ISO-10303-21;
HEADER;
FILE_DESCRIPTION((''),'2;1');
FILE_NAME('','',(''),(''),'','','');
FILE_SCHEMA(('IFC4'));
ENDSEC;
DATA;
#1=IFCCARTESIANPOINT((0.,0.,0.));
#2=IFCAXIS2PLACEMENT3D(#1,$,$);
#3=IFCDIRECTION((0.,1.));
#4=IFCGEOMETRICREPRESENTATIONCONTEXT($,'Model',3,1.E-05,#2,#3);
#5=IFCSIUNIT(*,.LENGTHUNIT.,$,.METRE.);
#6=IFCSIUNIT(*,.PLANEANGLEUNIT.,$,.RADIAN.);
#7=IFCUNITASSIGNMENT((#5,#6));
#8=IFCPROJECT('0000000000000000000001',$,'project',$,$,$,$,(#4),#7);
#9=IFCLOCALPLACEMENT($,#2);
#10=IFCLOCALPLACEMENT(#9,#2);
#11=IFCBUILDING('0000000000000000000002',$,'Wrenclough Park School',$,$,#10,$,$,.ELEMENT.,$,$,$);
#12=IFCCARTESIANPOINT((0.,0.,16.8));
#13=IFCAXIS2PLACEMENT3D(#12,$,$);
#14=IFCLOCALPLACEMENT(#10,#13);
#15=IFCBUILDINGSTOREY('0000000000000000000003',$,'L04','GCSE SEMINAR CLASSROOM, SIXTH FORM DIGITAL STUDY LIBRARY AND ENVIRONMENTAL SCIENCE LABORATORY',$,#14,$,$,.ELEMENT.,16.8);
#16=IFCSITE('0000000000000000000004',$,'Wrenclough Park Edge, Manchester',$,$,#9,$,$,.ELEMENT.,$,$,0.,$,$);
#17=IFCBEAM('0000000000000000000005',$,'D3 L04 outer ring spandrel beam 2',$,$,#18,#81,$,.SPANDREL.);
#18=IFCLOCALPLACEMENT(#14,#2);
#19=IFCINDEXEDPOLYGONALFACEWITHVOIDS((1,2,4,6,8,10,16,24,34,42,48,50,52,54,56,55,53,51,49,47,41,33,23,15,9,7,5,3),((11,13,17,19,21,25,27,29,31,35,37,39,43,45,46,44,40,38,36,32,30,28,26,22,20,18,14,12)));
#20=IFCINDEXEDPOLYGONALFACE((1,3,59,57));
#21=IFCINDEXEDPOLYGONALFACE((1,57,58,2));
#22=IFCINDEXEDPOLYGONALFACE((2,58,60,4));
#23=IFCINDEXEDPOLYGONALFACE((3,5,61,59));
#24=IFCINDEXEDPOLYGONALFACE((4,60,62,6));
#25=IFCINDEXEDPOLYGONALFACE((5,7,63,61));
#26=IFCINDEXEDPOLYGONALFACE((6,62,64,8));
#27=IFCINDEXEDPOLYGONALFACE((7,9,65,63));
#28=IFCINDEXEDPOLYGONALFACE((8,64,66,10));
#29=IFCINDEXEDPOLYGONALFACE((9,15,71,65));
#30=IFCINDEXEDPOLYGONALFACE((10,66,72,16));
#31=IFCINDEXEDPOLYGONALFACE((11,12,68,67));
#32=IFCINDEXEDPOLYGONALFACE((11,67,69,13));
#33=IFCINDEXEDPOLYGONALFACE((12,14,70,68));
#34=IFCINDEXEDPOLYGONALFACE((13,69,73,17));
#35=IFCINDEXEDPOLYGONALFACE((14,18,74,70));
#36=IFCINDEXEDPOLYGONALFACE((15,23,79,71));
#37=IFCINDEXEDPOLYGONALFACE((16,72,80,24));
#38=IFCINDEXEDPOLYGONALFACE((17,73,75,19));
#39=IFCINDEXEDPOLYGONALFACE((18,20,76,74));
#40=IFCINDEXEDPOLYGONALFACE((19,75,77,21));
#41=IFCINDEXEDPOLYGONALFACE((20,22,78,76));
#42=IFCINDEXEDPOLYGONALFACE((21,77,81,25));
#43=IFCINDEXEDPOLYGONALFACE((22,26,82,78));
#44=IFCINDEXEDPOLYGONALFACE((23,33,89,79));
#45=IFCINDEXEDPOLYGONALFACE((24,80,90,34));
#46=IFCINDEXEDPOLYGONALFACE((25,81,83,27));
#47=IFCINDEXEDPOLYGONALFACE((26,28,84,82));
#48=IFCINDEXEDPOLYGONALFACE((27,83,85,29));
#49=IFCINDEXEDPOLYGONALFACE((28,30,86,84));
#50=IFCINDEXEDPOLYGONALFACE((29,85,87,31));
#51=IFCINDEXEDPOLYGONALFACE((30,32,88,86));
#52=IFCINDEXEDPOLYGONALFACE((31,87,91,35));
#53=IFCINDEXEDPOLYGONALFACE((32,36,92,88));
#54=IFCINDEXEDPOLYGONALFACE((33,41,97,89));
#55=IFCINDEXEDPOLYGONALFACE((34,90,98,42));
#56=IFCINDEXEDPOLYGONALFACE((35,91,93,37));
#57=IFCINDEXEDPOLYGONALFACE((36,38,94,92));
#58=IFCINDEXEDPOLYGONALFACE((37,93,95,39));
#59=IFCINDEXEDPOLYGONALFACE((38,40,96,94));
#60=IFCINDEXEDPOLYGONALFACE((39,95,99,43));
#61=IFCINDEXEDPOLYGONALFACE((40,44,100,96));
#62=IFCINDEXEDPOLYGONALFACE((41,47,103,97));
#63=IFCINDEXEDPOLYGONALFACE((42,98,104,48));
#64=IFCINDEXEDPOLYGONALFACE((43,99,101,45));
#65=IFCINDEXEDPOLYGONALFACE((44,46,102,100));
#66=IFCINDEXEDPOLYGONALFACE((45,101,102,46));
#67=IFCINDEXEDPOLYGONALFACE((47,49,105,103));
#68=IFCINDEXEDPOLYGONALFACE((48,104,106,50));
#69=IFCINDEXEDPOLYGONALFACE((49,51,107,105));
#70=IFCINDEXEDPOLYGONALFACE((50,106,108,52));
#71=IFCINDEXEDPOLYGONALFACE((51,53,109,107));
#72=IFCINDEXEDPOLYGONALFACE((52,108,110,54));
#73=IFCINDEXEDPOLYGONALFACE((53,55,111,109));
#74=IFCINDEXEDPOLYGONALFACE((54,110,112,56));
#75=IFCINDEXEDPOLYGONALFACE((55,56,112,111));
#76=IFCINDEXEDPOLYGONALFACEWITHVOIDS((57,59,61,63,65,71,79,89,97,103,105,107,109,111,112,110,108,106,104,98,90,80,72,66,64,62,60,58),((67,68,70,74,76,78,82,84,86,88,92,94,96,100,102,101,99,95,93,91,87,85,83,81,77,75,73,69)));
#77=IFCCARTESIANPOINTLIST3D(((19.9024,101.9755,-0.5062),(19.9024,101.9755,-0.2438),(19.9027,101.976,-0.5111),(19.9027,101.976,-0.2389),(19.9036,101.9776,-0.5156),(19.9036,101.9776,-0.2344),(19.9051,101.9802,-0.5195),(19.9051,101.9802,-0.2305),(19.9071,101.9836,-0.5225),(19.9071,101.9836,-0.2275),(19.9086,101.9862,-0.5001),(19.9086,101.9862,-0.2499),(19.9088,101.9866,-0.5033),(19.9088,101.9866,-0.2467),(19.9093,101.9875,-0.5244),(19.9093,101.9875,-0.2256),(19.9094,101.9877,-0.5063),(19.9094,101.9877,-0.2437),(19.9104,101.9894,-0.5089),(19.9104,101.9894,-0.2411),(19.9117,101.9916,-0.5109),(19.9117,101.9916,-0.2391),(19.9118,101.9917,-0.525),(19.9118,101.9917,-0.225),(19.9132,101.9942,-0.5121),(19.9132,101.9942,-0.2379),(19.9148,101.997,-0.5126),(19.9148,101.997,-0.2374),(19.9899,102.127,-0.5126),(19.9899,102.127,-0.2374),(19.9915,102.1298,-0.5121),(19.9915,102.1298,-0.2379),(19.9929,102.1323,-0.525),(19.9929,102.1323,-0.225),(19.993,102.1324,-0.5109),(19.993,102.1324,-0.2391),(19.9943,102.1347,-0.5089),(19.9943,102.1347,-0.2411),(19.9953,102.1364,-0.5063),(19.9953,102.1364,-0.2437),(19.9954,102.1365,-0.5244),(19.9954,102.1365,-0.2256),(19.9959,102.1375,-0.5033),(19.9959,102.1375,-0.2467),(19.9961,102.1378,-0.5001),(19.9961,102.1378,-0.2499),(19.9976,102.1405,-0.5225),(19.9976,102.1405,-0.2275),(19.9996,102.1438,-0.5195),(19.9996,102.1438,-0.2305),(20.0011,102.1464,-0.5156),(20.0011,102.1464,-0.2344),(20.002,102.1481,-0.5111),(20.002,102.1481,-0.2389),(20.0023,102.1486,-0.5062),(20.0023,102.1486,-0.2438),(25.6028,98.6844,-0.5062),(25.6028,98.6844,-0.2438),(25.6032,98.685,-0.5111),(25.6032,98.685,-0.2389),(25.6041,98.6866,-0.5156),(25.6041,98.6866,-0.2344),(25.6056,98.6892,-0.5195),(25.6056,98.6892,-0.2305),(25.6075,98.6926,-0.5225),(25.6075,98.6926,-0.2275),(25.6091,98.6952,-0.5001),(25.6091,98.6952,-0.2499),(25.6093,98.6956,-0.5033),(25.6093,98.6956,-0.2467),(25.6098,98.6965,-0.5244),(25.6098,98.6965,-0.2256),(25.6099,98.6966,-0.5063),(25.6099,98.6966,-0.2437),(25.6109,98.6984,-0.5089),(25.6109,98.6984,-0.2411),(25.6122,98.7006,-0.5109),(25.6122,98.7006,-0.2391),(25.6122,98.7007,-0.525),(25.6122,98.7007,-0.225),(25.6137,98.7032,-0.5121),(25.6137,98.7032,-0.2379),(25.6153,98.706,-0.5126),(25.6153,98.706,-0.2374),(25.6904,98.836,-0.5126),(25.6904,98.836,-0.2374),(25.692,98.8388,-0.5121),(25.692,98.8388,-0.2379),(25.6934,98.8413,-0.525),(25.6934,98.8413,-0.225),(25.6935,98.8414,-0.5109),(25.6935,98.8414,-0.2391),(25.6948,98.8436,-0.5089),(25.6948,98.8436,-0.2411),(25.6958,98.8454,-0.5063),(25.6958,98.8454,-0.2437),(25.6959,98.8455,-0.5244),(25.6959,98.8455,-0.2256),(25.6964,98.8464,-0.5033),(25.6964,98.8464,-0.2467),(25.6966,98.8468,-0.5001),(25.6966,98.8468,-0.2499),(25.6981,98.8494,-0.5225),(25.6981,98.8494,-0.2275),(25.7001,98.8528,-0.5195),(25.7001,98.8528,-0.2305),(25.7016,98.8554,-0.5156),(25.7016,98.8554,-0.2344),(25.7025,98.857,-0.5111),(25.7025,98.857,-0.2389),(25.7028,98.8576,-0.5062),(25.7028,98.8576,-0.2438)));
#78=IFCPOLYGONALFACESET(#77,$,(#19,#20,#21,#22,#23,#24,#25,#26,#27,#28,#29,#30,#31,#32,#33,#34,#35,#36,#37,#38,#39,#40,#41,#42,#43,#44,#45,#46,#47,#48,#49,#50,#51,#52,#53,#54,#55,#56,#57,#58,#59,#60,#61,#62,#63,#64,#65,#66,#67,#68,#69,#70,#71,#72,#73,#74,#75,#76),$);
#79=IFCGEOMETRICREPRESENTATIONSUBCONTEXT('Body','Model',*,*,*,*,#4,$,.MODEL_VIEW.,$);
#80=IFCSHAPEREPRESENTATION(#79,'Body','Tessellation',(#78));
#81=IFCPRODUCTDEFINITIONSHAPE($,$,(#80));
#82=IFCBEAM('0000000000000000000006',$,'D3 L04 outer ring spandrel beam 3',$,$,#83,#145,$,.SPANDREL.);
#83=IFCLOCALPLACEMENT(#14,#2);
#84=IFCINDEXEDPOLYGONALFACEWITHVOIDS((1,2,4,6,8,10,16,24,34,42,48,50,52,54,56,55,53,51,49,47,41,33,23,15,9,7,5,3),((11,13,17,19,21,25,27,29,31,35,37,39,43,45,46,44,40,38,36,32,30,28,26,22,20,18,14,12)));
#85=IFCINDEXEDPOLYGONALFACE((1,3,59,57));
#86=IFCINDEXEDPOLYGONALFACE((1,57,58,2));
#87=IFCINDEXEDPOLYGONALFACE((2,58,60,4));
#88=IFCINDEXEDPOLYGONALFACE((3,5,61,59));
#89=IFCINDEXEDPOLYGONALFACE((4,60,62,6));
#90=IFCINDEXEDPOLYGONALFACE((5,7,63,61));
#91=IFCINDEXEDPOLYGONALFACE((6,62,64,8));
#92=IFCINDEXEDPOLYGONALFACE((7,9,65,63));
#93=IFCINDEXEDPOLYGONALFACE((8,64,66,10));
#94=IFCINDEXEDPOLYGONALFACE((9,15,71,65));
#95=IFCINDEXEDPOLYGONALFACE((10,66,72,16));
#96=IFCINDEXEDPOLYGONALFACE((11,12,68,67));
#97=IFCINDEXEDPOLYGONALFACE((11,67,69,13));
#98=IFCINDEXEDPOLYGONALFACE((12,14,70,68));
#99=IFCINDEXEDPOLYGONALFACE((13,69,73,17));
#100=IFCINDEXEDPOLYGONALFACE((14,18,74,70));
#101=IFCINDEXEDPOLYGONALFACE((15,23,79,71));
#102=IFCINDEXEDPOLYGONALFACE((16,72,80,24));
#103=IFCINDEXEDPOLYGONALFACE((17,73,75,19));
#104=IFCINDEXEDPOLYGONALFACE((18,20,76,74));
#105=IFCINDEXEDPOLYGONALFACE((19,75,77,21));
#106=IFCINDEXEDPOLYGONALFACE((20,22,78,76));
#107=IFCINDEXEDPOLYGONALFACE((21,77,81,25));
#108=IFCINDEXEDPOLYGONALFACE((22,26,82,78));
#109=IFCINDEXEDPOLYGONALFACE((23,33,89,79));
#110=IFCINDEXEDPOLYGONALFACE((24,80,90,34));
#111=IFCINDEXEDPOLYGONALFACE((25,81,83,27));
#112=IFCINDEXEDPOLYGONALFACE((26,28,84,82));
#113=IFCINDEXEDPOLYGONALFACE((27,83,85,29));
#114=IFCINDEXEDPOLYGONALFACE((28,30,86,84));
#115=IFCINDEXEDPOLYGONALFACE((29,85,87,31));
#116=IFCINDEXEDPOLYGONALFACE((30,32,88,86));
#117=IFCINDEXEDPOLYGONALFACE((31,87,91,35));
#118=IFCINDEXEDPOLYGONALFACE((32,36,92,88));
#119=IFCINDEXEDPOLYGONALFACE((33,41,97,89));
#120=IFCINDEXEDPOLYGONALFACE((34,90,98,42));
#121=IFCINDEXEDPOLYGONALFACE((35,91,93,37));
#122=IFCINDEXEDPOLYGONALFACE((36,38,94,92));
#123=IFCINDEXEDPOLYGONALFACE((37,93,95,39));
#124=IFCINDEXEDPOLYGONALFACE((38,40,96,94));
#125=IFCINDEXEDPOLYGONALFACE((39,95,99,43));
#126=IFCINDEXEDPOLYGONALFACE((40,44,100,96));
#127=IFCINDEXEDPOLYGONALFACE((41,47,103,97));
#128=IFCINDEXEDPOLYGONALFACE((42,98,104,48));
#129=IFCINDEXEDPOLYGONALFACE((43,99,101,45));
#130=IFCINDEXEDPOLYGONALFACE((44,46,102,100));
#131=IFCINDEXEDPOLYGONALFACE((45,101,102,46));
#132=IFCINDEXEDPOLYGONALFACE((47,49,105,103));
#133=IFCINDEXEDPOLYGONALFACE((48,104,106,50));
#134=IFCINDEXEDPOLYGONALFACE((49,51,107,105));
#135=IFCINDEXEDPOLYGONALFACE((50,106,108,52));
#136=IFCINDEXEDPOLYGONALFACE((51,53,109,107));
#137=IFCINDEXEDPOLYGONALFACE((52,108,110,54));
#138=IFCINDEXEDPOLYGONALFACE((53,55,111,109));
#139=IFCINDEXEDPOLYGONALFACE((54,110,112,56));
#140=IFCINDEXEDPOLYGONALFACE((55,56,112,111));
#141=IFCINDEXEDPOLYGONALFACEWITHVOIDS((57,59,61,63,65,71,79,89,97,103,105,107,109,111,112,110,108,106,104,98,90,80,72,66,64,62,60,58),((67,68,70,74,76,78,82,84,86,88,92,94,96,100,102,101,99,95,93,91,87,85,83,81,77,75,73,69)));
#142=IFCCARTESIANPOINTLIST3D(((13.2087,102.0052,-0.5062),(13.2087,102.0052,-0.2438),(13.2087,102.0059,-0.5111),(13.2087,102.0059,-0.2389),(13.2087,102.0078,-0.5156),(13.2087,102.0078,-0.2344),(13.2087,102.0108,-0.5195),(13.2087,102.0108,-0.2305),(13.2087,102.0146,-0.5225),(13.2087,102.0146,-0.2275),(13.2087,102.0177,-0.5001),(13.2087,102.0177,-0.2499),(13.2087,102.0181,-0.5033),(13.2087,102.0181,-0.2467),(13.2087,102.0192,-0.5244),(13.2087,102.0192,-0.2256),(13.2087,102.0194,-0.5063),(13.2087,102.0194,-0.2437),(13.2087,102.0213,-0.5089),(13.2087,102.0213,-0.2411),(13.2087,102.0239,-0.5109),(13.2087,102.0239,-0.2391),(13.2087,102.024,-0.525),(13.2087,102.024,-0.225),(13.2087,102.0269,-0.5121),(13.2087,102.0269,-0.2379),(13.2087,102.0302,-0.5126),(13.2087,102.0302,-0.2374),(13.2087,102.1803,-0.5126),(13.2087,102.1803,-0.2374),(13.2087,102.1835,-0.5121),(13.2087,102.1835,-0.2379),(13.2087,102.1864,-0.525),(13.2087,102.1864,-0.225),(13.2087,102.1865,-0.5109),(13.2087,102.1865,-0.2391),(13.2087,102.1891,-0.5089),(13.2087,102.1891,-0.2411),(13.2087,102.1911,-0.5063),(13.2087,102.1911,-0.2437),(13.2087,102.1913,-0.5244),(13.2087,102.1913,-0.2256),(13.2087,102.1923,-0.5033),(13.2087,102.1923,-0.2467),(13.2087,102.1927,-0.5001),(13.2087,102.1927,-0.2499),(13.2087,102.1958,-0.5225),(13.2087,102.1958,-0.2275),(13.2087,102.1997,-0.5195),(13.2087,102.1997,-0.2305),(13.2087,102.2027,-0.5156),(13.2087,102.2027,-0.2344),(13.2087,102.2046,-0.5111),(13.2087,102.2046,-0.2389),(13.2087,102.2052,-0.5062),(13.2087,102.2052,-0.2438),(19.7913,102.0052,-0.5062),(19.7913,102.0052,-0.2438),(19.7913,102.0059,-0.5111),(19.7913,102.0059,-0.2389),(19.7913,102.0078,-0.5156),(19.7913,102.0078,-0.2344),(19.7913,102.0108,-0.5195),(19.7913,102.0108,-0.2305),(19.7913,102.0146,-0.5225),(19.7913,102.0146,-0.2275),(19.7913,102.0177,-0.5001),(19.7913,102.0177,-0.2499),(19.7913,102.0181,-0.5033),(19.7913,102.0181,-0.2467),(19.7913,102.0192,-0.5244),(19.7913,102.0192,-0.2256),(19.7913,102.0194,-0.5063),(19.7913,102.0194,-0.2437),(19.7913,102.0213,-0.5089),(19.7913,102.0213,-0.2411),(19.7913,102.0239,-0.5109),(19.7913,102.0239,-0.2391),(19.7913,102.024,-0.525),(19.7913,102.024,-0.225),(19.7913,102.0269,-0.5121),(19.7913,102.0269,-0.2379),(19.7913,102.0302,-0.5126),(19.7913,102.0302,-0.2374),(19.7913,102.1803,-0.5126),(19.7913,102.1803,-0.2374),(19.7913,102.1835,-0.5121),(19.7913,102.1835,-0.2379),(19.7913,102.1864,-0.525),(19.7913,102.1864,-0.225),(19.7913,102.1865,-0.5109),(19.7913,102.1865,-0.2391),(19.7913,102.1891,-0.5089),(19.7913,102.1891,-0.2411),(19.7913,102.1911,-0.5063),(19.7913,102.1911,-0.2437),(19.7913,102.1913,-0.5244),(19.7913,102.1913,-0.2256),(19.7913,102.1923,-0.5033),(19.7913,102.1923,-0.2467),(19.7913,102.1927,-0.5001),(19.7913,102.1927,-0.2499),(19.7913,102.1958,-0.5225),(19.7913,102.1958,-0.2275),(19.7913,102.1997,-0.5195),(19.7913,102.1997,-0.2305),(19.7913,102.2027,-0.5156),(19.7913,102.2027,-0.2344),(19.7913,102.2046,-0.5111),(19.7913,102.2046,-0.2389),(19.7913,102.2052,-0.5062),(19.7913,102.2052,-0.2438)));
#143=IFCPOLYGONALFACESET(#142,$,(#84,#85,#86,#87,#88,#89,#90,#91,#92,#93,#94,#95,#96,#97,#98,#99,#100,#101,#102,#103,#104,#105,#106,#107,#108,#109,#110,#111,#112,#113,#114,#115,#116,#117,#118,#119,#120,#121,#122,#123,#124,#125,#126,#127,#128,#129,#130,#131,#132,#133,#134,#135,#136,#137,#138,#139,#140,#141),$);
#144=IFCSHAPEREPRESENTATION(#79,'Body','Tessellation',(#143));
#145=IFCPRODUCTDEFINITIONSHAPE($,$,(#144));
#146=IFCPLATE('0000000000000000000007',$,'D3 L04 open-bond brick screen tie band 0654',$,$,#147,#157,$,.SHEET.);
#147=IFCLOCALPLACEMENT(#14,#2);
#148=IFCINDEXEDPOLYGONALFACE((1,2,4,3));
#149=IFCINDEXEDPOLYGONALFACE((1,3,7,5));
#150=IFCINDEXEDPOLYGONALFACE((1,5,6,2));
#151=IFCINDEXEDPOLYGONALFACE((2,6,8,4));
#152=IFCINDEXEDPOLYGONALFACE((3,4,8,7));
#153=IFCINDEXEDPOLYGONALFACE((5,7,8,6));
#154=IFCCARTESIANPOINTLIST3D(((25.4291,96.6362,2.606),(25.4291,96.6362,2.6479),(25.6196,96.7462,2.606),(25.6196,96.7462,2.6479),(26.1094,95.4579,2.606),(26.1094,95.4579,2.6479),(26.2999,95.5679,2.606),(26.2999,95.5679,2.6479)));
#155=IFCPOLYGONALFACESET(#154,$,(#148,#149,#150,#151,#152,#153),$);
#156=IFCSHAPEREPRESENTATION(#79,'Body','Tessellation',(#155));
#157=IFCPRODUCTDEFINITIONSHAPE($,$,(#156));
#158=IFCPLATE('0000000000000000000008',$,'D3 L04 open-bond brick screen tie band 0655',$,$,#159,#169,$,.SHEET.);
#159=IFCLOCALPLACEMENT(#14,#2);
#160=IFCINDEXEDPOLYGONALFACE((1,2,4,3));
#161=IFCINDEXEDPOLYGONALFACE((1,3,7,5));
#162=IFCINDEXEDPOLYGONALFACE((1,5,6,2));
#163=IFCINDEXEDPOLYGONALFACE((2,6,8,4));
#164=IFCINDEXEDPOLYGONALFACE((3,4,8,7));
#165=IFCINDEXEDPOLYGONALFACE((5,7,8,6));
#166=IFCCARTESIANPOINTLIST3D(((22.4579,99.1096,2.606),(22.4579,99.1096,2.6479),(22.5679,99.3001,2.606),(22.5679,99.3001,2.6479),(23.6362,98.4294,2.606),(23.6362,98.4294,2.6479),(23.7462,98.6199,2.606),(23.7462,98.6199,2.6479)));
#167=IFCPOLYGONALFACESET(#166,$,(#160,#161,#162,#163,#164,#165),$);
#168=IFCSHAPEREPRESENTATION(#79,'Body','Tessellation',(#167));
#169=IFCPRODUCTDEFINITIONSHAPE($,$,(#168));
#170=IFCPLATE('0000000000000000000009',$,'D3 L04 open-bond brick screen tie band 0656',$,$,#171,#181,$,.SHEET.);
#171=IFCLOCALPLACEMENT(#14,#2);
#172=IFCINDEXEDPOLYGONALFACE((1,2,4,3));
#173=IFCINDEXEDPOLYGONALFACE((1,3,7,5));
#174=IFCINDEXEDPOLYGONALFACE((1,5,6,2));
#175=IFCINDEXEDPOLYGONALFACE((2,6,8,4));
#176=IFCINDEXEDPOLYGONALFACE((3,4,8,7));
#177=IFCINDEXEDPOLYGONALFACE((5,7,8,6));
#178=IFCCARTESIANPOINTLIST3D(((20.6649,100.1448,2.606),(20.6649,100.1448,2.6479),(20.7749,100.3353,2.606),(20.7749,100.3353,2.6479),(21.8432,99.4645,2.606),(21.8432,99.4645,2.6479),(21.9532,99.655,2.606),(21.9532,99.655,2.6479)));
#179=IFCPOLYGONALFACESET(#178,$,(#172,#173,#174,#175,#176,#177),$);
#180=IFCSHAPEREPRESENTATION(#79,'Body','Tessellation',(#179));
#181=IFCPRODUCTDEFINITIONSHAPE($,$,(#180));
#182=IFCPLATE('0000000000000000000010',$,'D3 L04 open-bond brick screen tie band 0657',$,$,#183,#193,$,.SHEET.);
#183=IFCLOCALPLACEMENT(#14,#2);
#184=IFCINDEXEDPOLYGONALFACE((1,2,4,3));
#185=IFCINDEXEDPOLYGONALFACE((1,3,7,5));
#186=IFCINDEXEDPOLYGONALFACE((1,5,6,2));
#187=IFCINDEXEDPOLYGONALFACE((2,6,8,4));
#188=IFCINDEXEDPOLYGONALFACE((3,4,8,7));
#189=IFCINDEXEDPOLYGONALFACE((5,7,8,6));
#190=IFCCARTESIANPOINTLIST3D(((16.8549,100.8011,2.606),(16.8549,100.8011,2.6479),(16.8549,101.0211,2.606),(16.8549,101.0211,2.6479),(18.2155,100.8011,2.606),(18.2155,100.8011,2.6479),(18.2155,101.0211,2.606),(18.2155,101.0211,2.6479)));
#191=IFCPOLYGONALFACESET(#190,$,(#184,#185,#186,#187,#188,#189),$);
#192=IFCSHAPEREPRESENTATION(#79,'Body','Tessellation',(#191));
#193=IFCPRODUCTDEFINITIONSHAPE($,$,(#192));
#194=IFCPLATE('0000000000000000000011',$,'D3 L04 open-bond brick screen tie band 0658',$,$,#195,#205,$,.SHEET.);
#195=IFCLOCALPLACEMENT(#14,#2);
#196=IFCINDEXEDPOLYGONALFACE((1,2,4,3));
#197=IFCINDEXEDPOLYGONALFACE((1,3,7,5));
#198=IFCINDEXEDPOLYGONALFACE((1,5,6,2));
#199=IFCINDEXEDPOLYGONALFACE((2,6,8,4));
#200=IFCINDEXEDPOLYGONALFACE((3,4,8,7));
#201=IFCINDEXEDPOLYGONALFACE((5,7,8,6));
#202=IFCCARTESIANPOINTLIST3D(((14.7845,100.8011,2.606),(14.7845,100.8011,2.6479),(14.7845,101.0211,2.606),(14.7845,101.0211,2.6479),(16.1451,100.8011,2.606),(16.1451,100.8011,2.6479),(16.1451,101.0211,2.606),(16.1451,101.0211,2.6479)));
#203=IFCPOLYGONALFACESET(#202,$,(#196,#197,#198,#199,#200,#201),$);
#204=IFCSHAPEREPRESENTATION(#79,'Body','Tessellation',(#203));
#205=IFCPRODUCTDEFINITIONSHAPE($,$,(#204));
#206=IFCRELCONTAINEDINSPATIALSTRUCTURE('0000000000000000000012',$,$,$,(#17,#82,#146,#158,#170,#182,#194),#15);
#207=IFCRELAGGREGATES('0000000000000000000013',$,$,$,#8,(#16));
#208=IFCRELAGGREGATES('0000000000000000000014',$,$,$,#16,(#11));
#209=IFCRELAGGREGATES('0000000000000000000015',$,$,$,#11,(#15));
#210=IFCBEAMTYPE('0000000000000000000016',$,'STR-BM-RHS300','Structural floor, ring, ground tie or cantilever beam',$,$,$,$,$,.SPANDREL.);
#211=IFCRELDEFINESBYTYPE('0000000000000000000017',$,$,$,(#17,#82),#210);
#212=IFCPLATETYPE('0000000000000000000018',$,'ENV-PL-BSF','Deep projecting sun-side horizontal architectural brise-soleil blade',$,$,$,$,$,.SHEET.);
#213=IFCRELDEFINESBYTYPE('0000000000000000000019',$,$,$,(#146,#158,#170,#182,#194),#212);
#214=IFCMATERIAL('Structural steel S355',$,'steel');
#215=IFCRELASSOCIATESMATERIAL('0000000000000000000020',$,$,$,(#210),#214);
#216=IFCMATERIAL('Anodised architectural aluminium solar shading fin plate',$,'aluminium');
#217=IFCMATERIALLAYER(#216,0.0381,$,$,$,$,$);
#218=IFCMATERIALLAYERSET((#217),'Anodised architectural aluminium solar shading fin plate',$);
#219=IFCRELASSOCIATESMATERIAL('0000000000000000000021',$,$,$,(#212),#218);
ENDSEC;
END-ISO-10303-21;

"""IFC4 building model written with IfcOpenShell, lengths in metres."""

from ifc_helpers import new_model, si_unit, direction, frame, origin, origin_2d, place, context, subcontext, project, spatial, rectangle, hollow_rectangle, extrude, material, layer, layer_set, material_profile, profile_set, type_object, element, save


model = new_model("IFC4")

# Units and contexts
model_context = context("Model", 3, precision=1e-05, world=origin(), true_north=direction((0.0, 1.0)))
body_context = subcontext(model_context, "Body", "Model", "MODEL_VIEW")
ifc_project = project(units=[si_unit("LENGTHUNIT", "METRE"), si_unit("PLANEANGLEUNIT", "RADIAN")], contexts=[model_context])

# Site, building, storey
site_placement = place(None, origin())
site = spatial("IfcSite", under=ifc_project, at=site_placement, Name="Wrenclough Park Edge, Manchester", CompositionType="ELEMENT", RefElevation=0.0)
building_placement = place(site_placement, origin())
building = spatial("IfcBuilding", under=site, at=building_placement, Name="Wrenclough Park School", CompositionType="ELEMENT")
storey_placement = place(building_placement, frame((0.0, 0.0, 16.8)))
storey = spatial("IfcBuildingStorey", under=building, at=storey_placement, Name="L04", Description="GCSE SEMINAR CLASSROOM, SIXTH FORM DIGITAL STUDY LIBRARY AND ENVIRONMENTAL SCIENCE LABORATORY", CompositionType="ELEMENT", Elevation=16.8)

# Shared definitions
ifc_material_1 = material(Name="Structural steel S355", Category="steel")

# Beams
ifc_material_profile_1 = material_profile(ifc_material_1, hollow_rectangle(XDim=0.2, YDim=0.3, WallThickness=0.0125, InnerFilletRadius=0.0125, OuterFilletRadius=0.0188, at=origin_2d()), Name="RHS 300x200x12.5")
ifc_profile_set_1 = profile_set([ifc_material_profile_1], Name="Structural steel S355")
beam_type = type_object("IfcBeamType", Name="STR-BM-RHS300", Description="Structural floor, ring, ground tie or cantilever beam", PredefinedType="SPANDREL", material=ifc_profile_set_1)
beam_1_placement = place(storey_placement, frame((25.6528, 98.771, -0.375), z_axis=(-0.866034, 0.499985, 0.0), x_axis=(-0.499985, -0.866034, 0.0)))
element("IfcBeam", 1, at=beam_1_placement, inside=storey, type_object=beam_type, Name="D3 L04 outer ring spandrel beam 2", PredefinedType="SPANDREL", context=body_context, shape_type="SweptSolid", body=[
    extrude(hollow_rectangle(XDim=0.2, YDim=0.3, WallThickness=0.0125, InnerFilletRadius=0.0125, OuterFilletRadius=0.0188, at=origin_2d()), origin(), (0.0, 0.0, 1.0), 6.5823),
])
beam_2_placement = place(storey_placement, frame((19.7913, 102.1052, -0.375), z_axis=(-1.0, 0.0, 0.0), x_axis=(0.0, -1.0, 0.0)))
element("IfcBeam", 2, at=beam_2_placement, inside=storey, type_object=beam_type, Name="D3 L04 outer ring spandrel beam 3", PredefinedType="SPANDREL", context=body_context, shape_type="SweptSolid", body=[
    extrude(hollow_rectangle(XDim=0.2, YDim=0.3, WallThickness=0.0125, InnerFilletRadius=0.0125, OuterFilletRadius=0.0188, at=origin_2d()), origin(), (0.0, 0.0, 1.0), 6.5825),
])

# Plates
ifc_material_2 = material(Name="Anodised architectural aluminium solar shading fin plate", Category="aluminium")
ifc_layer_1 = layer(ifc_material_2, 0.0381)
ifc_layer_set_1 = layer_set([ifc_layer_1], Name="Anodised architectural aluminium solar shading fin plate")
plate_type = type_object("IfcPlateType", Name="ENV-PL-BSF", Description="Deep projecting sun-side horizontal architectural brise-soleil blade", PredefinedType="SHEET", material=ifc_layer_set_1)
for number, where, z_axis, x_axis, name in (
    (3, (25.8645, 96.1021, 2.606), (0.0, 0.0, 1.0), (-0.499993, 0.866029, 0.0), "D3 L04 open-bond brick screen tie band 0654"),
    (4, (23.1021, 98.8647, 2.606), (0.0, 0.0, 1.0), (-0.866029, 0.499993, 0.0), "D3 L04 open-bond brick screen tie band 0655"),
    (5, (21.3091, 99.8999, 2.606), (0.0, 0.0, 1.0), (-0.866029, 0.499993, 0.0), "D3 L04 open-bond brick screen tie band 0656"),
    (6, (17.5352, 100.9111, 2.606), (0.0, 0.0, 1.0), (-1.0, 0.0, 0.0), "D3 L04 open-bond brick screen tie band 0657"),
    (7, (15.4648, 100.9111, 2.606), (0.0, 0.0, 1.0), (-1.0, 0.0, 0.0), "D3 L04 open-bond brick screen tie band 0658"),
):
    element("IfcPlate", number, at=place(storey_placement, frame(where, z_axis=z_axis, x_axis=x_axis)), inside=storey, type_object=plate_type, Name=name, PredefinedType="SHEET", context=body_context, shape_type="SweptSolid", body=[
        extrude(rectangle(XDim=1.3606, YDim=0.22, at=origin_2d()), origin(), (0.0, 0.0, 1.0), 0.042),
    ])

save(model, "model.ifc")
